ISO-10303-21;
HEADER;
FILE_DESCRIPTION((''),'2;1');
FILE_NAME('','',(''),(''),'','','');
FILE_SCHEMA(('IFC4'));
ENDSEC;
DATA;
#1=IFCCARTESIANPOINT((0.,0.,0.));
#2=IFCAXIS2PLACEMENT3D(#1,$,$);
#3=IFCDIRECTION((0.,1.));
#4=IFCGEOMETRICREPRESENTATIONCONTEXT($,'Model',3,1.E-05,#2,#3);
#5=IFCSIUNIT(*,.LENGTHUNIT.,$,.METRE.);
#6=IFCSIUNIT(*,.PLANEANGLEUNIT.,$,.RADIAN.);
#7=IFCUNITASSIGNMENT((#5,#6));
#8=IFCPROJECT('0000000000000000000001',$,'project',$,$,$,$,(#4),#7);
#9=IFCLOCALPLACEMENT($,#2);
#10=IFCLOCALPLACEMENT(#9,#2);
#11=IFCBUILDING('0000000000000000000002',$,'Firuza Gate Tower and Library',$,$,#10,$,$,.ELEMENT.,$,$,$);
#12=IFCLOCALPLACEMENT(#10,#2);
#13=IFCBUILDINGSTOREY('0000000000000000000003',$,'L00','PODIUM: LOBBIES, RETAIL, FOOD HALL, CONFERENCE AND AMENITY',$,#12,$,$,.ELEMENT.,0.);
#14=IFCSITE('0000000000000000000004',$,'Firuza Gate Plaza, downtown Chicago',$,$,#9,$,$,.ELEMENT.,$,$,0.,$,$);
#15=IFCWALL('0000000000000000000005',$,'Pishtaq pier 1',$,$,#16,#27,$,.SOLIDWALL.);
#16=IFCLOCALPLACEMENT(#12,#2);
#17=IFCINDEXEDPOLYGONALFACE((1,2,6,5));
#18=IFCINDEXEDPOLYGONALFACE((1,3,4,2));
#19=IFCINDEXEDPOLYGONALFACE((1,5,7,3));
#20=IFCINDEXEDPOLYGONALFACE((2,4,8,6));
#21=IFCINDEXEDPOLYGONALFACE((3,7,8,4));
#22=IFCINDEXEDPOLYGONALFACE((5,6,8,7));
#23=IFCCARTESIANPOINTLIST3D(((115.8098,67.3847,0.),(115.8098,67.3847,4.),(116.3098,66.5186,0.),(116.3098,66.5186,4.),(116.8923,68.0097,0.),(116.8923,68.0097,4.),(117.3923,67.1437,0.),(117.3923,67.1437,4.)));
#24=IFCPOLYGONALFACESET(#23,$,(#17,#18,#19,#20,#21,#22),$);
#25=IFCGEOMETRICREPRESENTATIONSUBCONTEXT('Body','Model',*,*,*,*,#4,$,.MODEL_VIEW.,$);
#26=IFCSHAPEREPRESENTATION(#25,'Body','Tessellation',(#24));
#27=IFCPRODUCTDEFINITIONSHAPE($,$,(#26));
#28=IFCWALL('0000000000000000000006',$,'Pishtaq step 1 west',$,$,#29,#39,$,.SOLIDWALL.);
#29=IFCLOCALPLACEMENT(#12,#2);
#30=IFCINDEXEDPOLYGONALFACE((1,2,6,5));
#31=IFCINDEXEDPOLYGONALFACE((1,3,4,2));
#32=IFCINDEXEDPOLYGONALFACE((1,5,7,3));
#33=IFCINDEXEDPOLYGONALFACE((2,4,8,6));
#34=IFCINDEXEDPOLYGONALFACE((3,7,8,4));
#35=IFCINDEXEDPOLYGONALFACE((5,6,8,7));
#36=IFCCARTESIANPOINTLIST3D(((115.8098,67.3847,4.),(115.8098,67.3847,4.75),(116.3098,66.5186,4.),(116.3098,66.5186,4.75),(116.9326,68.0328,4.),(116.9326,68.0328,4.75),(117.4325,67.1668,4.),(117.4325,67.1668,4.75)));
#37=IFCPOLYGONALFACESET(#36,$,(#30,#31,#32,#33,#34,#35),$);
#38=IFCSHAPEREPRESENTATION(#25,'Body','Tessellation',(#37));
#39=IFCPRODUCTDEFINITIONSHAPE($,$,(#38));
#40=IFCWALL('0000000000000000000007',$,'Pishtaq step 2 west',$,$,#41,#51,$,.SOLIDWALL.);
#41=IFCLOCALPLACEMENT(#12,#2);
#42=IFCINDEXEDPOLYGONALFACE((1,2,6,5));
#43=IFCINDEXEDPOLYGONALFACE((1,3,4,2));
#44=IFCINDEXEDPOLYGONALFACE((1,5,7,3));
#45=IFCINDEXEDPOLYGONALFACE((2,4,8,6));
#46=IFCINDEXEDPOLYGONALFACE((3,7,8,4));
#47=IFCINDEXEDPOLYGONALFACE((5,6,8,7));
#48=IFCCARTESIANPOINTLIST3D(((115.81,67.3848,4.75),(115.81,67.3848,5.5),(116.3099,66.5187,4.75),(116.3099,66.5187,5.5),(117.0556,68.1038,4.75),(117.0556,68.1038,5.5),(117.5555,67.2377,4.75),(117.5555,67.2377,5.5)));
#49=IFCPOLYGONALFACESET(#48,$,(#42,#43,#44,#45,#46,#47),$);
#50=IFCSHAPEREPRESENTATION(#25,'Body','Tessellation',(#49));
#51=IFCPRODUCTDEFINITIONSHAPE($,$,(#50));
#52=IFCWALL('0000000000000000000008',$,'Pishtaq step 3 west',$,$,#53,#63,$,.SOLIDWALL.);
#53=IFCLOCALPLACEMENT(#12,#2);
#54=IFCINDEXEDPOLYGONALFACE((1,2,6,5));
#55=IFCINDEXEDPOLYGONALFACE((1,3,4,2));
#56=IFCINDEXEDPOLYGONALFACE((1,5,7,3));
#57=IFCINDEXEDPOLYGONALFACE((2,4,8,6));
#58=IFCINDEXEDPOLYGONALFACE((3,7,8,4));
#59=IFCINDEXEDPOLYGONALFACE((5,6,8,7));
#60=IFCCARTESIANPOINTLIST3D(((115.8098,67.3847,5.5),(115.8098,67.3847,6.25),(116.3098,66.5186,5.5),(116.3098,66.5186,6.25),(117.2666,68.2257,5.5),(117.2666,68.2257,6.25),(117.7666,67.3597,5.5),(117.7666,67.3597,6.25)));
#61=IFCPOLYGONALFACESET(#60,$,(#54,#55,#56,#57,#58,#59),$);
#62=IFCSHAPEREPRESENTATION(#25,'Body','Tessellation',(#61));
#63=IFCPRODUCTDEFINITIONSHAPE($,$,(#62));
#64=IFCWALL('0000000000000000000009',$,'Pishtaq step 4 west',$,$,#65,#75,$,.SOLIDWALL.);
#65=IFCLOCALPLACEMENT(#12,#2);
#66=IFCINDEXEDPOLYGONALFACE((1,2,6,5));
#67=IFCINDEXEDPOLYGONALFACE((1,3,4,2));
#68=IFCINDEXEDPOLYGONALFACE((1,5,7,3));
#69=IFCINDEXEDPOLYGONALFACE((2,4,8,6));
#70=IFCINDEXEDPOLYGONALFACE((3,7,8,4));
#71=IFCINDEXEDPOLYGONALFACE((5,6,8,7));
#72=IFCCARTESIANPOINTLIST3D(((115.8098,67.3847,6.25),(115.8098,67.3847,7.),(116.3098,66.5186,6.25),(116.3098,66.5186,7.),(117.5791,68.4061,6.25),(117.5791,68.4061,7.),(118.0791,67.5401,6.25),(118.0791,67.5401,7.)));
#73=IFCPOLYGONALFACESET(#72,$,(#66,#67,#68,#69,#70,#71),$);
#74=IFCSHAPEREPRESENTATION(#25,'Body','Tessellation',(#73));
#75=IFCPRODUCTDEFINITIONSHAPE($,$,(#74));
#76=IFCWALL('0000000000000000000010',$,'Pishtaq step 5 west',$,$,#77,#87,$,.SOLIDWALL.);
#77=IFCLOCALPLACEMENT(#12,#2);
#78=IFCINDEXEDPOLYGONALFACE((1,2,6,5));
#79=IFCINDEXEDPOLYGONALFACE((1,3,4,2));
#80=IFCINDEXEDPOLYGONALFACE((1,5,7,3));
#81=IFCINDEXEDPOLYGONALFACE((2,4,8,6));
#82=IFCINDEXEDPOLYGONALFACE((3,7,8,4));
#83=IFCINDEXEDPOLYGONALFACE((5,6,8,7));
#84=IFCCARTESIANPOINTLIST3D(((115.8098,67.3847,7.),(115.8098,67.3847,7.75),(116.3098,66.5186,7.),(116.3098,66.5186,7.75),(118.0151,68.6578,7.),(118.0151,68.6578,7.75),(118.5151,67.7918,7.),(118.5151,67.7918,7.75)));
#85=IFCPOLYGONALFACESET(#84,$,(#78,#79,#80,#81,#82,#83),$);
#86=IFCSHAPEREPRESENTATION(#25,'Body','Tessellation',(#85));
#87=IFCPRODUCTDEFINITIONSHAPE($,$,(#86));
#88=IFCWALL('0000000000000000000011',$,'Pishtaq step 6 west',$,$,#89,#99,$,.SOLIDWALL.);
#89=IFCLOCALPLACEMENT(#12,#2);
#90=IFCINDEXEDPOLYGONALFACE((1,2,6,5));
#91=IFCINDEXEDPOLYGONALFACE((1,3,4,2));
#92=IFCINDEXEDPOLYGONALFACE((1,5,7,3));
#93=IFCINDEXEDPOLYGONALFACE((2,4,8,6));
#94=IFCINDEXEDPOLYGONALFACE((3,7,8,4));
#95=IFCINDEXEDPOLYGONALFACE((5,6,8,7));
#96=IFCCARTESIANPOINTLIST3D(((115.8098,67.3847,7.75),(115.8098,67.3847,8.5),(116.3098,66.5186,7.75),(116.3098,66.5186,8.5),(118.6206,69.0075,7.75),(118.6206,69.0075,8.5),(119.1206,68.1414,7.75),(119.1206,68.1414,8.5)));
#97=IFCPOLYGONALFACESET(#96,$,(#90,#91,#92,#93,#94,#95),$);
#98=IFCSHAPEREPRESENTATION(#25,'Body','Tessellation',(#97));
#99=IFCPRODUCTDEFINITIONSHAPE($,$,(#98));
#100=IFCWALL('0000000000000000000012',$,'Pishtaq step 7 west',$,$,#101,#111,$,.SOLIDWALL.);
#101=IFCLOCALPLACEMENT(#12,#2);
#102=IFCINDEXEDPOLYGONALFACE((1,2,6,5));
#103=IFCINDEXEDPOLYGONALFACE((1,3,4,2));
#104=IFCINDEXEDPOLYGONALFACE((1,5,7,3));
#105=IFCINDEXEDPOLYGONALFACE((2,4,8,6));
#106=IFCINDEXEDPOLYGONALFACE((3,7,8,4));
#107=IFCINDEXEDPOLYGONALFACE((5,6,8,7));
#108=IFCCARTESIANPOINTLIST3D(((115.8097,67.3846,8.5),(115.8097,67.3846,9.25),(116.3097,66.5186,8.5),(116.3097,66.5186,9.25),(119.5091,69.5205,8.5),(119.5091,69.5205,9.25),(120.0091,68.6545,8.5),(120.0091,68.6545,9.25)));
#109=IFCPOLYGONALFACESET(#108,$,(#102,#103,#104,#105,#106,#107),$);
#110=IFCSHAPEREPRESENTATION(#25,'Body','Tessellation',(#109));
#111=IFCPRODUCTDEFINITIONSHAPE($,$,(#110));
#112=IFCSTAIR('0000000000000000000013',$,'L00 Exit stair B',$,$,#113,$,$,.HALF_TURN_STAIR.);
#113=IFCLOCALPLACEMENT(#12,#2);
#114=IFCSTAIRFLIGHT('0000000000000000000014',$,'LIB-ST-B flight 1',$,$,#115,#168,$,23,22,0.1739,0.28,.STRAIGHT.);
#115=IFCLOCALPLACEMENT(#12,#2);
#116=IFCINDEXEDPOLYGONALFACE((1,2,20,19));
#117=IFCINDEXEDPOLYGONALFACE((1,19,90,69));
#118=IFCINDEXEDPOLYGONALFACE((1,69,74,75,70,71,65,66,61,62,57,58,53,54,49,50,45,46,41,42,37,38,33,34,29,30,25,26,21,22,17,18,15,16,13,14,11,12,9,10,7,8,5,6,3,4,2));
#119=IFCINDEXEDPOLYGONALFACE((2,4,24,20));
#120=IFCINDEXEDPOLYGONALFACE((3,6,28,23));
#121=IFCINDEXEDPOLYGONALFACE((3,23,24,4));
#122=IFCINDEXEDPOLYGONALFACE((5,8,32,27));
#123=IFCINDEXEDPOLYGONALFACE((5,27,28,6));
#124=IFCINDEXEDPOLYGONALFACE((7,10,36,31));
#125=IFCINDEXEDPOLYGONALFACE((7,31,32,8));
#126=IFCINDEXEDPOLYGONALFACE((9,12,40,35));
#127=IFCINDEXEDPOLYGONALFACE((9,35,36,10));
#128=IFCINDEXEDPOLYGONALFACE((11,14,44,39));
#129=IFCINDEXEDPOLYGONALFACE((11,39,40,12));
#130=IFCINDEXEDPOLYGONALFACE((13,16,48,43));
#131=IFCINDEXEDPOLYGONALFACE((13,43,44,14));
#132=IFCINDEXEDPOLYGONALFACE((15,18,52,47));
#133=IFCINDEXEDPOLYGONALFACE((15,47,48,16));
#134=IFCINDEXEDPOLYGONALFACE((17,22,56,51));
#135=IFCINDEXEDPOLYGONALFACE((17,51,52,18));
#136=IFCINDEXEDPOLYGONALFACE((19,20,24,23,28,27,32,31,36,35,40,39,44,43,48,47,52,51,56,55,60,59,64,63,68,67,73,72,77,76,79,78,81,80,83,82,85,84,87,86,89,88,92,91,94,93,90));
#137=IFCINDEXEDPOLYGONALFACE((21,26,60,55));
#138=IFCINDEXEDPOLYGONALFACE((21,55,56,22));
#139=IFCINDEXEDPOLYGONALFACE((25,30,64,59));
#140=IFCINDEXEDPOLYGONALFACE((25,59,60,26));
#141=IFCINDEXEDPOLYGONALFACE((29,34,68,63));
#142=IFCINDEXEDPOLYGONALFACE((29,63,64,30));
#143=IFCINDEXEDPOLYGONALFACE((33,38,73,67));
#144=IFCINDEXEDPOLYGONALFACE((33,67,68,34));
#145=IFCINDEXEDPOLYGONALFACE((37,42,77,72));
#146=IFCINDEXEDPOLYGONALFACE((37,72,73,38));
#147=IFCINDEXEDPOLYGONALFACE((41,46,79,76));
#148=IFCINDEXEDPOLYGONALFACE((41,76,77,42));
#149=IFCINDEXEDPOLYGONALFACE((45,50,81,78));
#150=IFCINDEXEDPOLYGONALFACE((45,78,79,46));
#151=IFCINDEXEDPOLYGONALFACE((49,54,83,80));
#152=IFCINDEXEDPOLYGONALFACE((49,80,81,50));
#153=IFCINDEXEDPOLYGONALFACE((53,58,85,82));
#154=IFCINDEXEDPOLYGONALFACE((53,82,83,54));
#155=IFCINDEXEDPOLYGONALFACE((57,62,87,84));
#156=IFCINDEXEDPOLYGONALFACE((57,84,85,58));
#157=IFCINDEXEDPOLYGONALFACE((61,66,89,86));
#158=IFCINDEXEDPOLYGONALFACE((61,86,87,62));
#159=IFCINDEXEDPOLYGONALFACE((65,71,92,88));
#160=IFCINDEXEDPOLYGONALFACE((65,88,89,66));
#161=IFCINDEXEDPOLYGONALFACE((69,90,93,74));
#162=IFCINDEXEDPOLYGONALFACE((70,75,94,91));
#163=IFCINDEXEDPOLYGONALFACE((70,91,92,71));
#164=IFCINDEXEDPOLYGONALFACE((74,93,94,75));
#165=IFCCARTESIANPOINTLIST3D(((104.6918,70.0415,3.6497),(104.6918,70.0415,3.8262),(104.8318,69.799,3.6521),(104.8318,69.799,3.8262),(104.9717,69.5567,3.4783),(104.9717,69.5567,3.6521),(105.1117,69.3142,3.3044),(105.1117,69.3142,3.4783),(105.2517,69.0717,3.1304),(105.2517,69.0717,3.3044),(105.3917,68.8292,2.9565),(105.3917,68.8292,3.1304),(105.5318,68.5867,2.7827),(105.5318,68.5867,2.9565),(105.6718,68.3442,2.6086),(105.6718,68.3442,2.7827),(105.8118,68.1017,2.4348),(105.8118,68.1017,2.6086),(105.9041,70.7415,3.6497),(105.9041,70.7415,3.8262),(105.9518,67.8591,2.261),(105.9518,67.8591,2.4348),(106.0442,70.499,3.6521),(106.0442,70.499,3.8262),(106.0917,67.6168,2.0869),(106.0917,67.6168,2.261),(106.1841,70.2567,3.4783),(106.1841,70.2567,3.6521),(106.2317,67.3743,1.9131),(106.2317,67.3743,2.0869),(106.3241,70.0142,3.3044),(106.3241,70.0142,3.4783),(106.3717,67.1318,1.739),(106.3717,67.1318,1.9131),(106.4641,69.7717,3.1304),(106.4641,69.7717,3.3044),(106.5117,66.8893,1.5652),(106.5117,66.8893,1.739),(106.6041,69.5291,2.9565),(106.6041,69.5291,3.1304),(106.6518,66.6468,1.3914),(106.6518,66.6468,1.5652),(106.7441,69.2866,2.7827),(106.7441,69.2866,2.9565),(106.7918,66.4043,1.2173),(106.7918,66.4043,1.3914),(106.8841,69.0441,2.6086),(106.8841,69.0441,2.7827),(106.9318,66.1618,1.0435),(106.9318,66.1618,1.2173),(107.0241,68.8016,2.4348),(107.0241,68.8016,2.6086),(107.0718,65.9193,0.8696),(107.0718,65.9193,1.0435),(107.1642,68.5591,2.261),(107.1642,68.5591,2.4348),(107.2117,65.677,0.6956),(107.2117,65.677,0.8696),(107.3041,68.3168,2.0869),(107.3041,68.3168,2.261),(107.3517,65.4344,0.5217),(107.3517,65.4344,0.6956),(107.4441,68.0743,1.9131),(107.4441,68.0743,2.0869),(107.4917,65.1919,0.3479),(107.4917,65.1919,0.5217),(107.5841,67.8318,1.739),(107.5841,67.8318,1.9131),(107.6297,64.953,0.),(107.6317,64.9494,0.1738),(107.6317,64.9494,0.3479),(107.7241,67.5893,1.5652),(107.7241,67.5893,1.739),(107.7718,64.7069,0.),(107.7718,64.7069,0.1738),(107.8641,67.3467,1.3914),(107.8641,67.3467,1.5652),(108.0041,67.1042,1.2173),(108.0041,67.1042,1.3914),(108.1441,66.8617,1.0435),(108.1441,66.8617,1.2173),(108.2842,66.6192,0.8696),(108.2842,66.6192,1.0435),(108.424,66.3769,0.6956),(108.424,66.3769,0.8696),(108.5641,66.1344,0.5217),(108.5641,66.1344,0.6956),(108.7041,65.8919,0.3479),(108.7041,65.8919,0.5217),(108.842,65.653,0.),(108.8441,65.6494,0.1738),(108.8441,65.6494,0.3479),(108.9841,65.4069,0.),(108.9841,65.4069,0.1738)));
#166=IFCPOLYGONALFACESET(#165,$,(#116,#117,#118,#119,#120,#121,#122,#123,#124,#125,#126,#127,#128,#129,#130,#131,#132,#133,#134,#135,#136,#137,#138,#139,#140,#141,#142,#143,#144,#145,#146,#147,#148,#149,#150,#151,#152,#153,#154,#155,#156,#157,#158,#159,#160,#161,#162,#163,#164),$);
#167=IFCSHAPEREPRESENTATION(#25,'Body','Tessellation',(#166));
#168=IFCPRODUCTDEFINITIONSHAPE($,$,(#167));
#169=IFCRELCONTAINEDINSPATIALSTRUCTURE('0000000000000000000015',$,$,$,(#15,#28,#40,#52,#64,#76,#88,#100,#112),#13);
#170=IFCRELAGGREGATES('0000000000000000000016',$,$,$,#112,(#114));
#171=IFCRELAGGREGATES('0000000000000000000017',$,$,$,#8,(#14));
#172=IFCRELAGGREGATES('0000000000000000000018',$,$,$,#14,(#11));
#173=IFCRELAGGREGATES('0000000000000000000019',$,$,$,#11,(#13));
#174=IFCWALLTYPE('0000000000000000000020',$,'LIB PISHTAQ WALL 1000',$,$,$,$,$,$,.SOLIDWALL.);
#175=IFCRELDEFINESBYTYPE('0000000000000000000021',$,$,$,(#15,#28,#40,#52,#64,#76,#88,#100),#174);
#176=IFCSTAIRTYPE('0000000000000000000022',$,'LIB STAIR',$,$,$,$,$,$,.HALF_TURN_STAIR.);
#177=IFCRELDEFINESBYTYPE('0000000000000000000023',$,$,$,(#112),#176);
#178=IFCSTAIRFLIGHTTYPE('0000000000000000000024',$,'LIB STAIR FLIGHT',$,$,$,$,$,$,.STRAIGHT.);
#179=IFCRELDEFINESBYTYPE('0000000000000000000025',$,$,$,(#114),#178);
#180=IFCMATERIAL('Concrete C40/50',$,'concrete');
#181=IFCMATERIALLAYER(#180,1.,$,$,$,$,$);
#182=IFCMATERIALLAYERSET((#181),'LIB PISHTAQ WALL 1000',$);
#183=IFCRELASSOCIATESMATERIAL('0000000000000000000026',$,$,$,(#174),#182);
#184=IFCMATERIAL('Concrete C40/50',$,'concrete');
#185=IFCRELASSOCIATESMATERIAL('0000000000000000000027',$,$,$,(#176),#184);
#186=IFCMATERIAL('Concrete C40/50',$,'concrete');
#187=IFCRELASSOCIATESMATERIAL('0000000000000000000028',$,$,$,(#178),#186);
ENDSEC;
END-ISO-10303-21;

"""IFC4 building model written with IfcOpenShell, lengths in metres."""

from ifc_helpers import new_model, si_unit, direction, frame, frame_2d, origin, place, context, subcontext, project, spatial, polyline, rectangle, outline, extrude, material, layer, layer_set, type_object, element, aggregate, save


model = new_model("IFC4")

# Units and contexts
model_context = context("Model", 3, precision=1e-05, world=origin(), true_north=direction((0.0, 1.0)))
body_context = subcontext(model_context, "Body", "Model", "MODEL_VIEW")
ifc_project = project(units=[si_unit("LENGTHUNIT", "METRE"), si_unit("PLANEANGLEUNIT", "RADIAN")], contexts=[model_context])

# Site, building, storey
site_placement = place(None, origin())
site = spatial("IfcSite", under=ifc_project, at=site_placement, Name="Firuza Gate Plaza, downtown Chicago", CompositionType="ELEMENT", RefElevation=0.0)
building_placement = place(site_placement, origin())
building = spatial("IfcBuilding", under=site, at=building_placement, Name="Firuza Gate Tower and Library", CompositionType="ELEMENT")
storey_placement = place(building_placement, origin())
storey = spatial("IfcBuildingStorey", under=building, at=storey_placement, Name="L00", Description="PODIUM: LOBBIES, RETAIL, FOOD HALL, CONFERENCE AND AMENITY", CompositionType="ELEMENT", Elevation=0.0)

# Walls
ifc_material_1 = material(Name="Concrete C40/50", Category="concrete")
ifc_layer_1 = layer(ifc_material_1, 1.0)
ifc_layer_set_1 = layer_set([ifc_layer_1], Name="LIB PISHTAQ WALL 1000")
wall_type_1 = type_object("IfcWallType", Name="LIB PISHTAQ WALL 1000", PredefinedType="SOLIDWALL", material=ifc_layer_set_1)
wall_1_placement = place(storey_placement, frame((116.0598, 66.9517, 0.0), z_axis=(0.0, 0.0, 1.0), x_axis=(0.866023, 0.500004, 0.0)))
element("IfcWall", 1, at=wall_1_placement, inside=storey, type_object=wall_type_1, Name="Pishtaq pier 1", PredefinedType="SOLIDWALL", context=body_context, shape_type="SweptSolid", body=[
    extrude(rectangle(XDim=1.25, YDim=1.0, at=frame_2d((0.625, 0.0))), origin(), (0.0, 0.0, 1.0), 4.0),
])
wall_2_placement = place(storey_placement, frame((116.0598, 66.9517, 4.0), z_axis=(0.0, 0.0, 1.0), x_axis=(0.866044, 0.499967, 0.0)))
element("IfcWall", 2, at=wall_2_placement, inside=storey, type_object=wall_type_1, Name="Pishtaq step 1 west", PredefinedType="SOLIDWALL", context=body_context, shape_type="SweptSolid", body=[
    extrude(rectangle(XDim=1.2964, YDim=1.0, at=frame_2d((0.6482, 0.0))), origin(), (0.0, 0.0, 1.0), 0.75),
])
wall_3_placement = place(storey_placement, frame((116.0598, 66.9517, 4.75), z_axis=(0.0, 0.0, 1.0), x_axis=(0.866073, 0.499918, 0.0)))
element("IfcWall", 3, at=wall_3_placement, inside=storey, type_object=wall_type_1, Name="Pishtaq step 2 west", PredefinedType="SOLIDWALL", context=body_context, shape_type="SweptSolid", body=[
    extrude(rectangle(XDim=1.4382, YDim=1.0, at=frame_2d((0.7192, 0.0))), origin(), (0.0, 0.0, 1.0), 0.75),
])
wall_4_placement = place(storey_placement, frame((116.0598, 66.9517, 5.5), z_axis=(0.0, 0.0, 1.0), x_axis=(0.866028, 0.499995, 0.0)))
element("IfcWall", 4, at=wall_4_placement, inside=storey, type_object=wall_type_1, Name="Pishtaq step 3 west", PredefinedType="SOLIDWALL", context=body_context, shape_type="SweptSolid", body=[
    extrude(rectangle(XDim=1.6821, YDim=1.0, at=frame_2d((0.8411, 0.0))), origin(), (0.0, 0.0, 1.0), 0.75),
])
wall_5_placement = place(storey_placement, frame((116.0598, 66.9517, 6.25), z_axis=(0.0, 0.0, 1.0), x_axis=(0.866028, 0.499995, 0.0)))
element("IfcWall", 5, at=wall_5_placement, inside=storey, type_object=wall_type_1, Name="Pishtaq step 4 west", PredefinedType="SOLIDWALL", context=body_context, shape_type="SweptSolid", body=[
    extrude(rectangle(XDim=2.043, YDim=1.0, at=frame_2d((1.0215, 0.0))), origin(), (0.0, 0.0, 1.0), 0.75),
])
wall_6_placement = place(storey_placement, frame((116.0598, 66.9517, 7.0), z_axis=(0.0, 0.0, 1.0), x_axis=(0.866034, 0.499985, 0.0)))
element("IfcWall", 6, at=wall_6_placement, inside=storey, type_object=wall_type_1, Name="Pishtaq step 5 west", PredefinedType="SOLIDWALL", context=body_context, shape_type="SweptSolid", body=[
    extrude(rectangle(XDim=2.5464, YDim=1.0, at=frame_2d((1.2732, 0.0))), origin(), (0.0, 0.0, 1.0), 0.75),
])
wall_7_placement = place(storey_placement, frame((116.0598, 66.9517, 7.75), z_axis=(0.0, 0.0, 1.0), x_axis=(0.866026, 0.499998, 0.0)))
element("IfcWall", 7, at=wall_7_placement, inside=storey, type_object=wall_type_1, Name="Pishtaq step 6 west", PredefinedType="SOLIDWALL", context=body_context, shape_type="SweptSolid", body=[
    extrude(rectangle(XDim=3.2456, YDim=1.0, at=frame_2d((1.6228, 0.0))), origin(), (0.0, 0.0, 1.0), 0.75),
])
wall_8_placement = place(storey_placement, frame((116.0598, 66.9517, 8.5), z_axis=(0.0, 0.0, 1.0), x_axis=(0.866015, 0.500018, 0.0)))
element("IfcWall", 8, at=wall_8_placement, inside=storey, type_object=wall_type_1, Name="Pishtaq step 7 west", PredefinedType="SOLIDWALL", context=body_context, shape_type="SweptSolid", body=[
    extrude(rectangle(XDim=4.2717, YDim=1.0, at=frame_2d((2.1357, 0.0))), origin(), (0.0, 0.0, 1.0), 0.75),
])

# Stair, stair flight
ifc_material_2 = material(Name="Concrete C40/50", Category="concrete")
stair_type = type_object("IfcStairType", Name="LIB STAIR", PredefinedType="HALF_TURN_STAIR", material=ifc_material_2)
stair_placement = place(storey_placement, origin())
stair = element("IfcStair", 9, at=stair_placement, inside=storey, type_object=stair_type, Name="L00 Exit stair B", PredefinedType="HALF_TURN_STAIR")
ifc_material_3 = material(Name="Concrete C40/50", Category="concrete")
stair_flight_type = type_object("IfcStairFlightType", Name="LIB STAIR FLIGHT", PredefinedType="STRAIGHT", material=ifc_material_3)
stair_flight_1_placement = place(storey_placement, frame((108.3779, 65.0569, 0.0), z_axis=(0.0, 0.0, 1.0), x_axis=(-0.5, 0.866025, 0.0)))
stair_flight_1 = element("IfcStairFlight", 10, at=stair_flight_1_placement, type_object=stair_flight_type, Name="LIB-ST-B flight 1", NumberOfRisers=23, NumberOfTreads=22, PredefinedType="STRAIGHT", RiserHeight=0.1739, TreadLength=0.28, context=body_context, shape_type="SweptSolid", body=[
    extrude(outline(polyline([(0.0, 0.0), (0.0, 0.1738), (0.28, 0.1738), (0.28, 0.3479), (0.5601, 0.3479), (0.5601, 0.5217), (0.8401, 0.5217), (0.8401, 0.6956), (1.1201, 0.6956), (1.1201, 0.8696), (1.3999, 0.8696), (1.3999, 1.0435), (1.6799, 1.0435), (1.6799, 1.2173), (1.96, 1.2173), (1.96, 1.3914), (2.24, 1.3914), (2.24, 1.5652), (2.52, 1.5652), (2.52, 1.739), (2.8, 1.739), (2.8, 1.9131), (3.0801, 1.9131), (3.0801, 2.0869), (3.3601, 2.0869), (3.3601, 2.261), (3.6399, 2.261), (3.6399, 2.4348), (3.9199, 2.4348), (3.9199, 2.6086), (4.2, 2.6086), (4.2, 2.7827), (4.48, 2.7827), (4.48, 2.9565), (4.76, 2.9565), (4.76, 3.1304), (5.04, 3.1304), (5.04, 3.3044), (5.3201, 3.3044), (5.3201, 3.4783), (5.6001, 3.4783), (5.6001, 3.6521), (5.8799, 3.6521), (5.8799, 3.8262), (6.1599, 3.8262), (6.1599, 4.0), (6.1599, 3.6497), (0.2842, 0.0), (0.0, 0.0)])), frame((0.0, 0.7, 0.0), z_axis=(0.0, -1.0, 0.0), x_axis=(1.0, 0.0, 0.0)), (0.0, 0.0, 1.0), 1.3999),
])
aggregate(stair, [stair_flight_1])

save(model, "model.ifc")
